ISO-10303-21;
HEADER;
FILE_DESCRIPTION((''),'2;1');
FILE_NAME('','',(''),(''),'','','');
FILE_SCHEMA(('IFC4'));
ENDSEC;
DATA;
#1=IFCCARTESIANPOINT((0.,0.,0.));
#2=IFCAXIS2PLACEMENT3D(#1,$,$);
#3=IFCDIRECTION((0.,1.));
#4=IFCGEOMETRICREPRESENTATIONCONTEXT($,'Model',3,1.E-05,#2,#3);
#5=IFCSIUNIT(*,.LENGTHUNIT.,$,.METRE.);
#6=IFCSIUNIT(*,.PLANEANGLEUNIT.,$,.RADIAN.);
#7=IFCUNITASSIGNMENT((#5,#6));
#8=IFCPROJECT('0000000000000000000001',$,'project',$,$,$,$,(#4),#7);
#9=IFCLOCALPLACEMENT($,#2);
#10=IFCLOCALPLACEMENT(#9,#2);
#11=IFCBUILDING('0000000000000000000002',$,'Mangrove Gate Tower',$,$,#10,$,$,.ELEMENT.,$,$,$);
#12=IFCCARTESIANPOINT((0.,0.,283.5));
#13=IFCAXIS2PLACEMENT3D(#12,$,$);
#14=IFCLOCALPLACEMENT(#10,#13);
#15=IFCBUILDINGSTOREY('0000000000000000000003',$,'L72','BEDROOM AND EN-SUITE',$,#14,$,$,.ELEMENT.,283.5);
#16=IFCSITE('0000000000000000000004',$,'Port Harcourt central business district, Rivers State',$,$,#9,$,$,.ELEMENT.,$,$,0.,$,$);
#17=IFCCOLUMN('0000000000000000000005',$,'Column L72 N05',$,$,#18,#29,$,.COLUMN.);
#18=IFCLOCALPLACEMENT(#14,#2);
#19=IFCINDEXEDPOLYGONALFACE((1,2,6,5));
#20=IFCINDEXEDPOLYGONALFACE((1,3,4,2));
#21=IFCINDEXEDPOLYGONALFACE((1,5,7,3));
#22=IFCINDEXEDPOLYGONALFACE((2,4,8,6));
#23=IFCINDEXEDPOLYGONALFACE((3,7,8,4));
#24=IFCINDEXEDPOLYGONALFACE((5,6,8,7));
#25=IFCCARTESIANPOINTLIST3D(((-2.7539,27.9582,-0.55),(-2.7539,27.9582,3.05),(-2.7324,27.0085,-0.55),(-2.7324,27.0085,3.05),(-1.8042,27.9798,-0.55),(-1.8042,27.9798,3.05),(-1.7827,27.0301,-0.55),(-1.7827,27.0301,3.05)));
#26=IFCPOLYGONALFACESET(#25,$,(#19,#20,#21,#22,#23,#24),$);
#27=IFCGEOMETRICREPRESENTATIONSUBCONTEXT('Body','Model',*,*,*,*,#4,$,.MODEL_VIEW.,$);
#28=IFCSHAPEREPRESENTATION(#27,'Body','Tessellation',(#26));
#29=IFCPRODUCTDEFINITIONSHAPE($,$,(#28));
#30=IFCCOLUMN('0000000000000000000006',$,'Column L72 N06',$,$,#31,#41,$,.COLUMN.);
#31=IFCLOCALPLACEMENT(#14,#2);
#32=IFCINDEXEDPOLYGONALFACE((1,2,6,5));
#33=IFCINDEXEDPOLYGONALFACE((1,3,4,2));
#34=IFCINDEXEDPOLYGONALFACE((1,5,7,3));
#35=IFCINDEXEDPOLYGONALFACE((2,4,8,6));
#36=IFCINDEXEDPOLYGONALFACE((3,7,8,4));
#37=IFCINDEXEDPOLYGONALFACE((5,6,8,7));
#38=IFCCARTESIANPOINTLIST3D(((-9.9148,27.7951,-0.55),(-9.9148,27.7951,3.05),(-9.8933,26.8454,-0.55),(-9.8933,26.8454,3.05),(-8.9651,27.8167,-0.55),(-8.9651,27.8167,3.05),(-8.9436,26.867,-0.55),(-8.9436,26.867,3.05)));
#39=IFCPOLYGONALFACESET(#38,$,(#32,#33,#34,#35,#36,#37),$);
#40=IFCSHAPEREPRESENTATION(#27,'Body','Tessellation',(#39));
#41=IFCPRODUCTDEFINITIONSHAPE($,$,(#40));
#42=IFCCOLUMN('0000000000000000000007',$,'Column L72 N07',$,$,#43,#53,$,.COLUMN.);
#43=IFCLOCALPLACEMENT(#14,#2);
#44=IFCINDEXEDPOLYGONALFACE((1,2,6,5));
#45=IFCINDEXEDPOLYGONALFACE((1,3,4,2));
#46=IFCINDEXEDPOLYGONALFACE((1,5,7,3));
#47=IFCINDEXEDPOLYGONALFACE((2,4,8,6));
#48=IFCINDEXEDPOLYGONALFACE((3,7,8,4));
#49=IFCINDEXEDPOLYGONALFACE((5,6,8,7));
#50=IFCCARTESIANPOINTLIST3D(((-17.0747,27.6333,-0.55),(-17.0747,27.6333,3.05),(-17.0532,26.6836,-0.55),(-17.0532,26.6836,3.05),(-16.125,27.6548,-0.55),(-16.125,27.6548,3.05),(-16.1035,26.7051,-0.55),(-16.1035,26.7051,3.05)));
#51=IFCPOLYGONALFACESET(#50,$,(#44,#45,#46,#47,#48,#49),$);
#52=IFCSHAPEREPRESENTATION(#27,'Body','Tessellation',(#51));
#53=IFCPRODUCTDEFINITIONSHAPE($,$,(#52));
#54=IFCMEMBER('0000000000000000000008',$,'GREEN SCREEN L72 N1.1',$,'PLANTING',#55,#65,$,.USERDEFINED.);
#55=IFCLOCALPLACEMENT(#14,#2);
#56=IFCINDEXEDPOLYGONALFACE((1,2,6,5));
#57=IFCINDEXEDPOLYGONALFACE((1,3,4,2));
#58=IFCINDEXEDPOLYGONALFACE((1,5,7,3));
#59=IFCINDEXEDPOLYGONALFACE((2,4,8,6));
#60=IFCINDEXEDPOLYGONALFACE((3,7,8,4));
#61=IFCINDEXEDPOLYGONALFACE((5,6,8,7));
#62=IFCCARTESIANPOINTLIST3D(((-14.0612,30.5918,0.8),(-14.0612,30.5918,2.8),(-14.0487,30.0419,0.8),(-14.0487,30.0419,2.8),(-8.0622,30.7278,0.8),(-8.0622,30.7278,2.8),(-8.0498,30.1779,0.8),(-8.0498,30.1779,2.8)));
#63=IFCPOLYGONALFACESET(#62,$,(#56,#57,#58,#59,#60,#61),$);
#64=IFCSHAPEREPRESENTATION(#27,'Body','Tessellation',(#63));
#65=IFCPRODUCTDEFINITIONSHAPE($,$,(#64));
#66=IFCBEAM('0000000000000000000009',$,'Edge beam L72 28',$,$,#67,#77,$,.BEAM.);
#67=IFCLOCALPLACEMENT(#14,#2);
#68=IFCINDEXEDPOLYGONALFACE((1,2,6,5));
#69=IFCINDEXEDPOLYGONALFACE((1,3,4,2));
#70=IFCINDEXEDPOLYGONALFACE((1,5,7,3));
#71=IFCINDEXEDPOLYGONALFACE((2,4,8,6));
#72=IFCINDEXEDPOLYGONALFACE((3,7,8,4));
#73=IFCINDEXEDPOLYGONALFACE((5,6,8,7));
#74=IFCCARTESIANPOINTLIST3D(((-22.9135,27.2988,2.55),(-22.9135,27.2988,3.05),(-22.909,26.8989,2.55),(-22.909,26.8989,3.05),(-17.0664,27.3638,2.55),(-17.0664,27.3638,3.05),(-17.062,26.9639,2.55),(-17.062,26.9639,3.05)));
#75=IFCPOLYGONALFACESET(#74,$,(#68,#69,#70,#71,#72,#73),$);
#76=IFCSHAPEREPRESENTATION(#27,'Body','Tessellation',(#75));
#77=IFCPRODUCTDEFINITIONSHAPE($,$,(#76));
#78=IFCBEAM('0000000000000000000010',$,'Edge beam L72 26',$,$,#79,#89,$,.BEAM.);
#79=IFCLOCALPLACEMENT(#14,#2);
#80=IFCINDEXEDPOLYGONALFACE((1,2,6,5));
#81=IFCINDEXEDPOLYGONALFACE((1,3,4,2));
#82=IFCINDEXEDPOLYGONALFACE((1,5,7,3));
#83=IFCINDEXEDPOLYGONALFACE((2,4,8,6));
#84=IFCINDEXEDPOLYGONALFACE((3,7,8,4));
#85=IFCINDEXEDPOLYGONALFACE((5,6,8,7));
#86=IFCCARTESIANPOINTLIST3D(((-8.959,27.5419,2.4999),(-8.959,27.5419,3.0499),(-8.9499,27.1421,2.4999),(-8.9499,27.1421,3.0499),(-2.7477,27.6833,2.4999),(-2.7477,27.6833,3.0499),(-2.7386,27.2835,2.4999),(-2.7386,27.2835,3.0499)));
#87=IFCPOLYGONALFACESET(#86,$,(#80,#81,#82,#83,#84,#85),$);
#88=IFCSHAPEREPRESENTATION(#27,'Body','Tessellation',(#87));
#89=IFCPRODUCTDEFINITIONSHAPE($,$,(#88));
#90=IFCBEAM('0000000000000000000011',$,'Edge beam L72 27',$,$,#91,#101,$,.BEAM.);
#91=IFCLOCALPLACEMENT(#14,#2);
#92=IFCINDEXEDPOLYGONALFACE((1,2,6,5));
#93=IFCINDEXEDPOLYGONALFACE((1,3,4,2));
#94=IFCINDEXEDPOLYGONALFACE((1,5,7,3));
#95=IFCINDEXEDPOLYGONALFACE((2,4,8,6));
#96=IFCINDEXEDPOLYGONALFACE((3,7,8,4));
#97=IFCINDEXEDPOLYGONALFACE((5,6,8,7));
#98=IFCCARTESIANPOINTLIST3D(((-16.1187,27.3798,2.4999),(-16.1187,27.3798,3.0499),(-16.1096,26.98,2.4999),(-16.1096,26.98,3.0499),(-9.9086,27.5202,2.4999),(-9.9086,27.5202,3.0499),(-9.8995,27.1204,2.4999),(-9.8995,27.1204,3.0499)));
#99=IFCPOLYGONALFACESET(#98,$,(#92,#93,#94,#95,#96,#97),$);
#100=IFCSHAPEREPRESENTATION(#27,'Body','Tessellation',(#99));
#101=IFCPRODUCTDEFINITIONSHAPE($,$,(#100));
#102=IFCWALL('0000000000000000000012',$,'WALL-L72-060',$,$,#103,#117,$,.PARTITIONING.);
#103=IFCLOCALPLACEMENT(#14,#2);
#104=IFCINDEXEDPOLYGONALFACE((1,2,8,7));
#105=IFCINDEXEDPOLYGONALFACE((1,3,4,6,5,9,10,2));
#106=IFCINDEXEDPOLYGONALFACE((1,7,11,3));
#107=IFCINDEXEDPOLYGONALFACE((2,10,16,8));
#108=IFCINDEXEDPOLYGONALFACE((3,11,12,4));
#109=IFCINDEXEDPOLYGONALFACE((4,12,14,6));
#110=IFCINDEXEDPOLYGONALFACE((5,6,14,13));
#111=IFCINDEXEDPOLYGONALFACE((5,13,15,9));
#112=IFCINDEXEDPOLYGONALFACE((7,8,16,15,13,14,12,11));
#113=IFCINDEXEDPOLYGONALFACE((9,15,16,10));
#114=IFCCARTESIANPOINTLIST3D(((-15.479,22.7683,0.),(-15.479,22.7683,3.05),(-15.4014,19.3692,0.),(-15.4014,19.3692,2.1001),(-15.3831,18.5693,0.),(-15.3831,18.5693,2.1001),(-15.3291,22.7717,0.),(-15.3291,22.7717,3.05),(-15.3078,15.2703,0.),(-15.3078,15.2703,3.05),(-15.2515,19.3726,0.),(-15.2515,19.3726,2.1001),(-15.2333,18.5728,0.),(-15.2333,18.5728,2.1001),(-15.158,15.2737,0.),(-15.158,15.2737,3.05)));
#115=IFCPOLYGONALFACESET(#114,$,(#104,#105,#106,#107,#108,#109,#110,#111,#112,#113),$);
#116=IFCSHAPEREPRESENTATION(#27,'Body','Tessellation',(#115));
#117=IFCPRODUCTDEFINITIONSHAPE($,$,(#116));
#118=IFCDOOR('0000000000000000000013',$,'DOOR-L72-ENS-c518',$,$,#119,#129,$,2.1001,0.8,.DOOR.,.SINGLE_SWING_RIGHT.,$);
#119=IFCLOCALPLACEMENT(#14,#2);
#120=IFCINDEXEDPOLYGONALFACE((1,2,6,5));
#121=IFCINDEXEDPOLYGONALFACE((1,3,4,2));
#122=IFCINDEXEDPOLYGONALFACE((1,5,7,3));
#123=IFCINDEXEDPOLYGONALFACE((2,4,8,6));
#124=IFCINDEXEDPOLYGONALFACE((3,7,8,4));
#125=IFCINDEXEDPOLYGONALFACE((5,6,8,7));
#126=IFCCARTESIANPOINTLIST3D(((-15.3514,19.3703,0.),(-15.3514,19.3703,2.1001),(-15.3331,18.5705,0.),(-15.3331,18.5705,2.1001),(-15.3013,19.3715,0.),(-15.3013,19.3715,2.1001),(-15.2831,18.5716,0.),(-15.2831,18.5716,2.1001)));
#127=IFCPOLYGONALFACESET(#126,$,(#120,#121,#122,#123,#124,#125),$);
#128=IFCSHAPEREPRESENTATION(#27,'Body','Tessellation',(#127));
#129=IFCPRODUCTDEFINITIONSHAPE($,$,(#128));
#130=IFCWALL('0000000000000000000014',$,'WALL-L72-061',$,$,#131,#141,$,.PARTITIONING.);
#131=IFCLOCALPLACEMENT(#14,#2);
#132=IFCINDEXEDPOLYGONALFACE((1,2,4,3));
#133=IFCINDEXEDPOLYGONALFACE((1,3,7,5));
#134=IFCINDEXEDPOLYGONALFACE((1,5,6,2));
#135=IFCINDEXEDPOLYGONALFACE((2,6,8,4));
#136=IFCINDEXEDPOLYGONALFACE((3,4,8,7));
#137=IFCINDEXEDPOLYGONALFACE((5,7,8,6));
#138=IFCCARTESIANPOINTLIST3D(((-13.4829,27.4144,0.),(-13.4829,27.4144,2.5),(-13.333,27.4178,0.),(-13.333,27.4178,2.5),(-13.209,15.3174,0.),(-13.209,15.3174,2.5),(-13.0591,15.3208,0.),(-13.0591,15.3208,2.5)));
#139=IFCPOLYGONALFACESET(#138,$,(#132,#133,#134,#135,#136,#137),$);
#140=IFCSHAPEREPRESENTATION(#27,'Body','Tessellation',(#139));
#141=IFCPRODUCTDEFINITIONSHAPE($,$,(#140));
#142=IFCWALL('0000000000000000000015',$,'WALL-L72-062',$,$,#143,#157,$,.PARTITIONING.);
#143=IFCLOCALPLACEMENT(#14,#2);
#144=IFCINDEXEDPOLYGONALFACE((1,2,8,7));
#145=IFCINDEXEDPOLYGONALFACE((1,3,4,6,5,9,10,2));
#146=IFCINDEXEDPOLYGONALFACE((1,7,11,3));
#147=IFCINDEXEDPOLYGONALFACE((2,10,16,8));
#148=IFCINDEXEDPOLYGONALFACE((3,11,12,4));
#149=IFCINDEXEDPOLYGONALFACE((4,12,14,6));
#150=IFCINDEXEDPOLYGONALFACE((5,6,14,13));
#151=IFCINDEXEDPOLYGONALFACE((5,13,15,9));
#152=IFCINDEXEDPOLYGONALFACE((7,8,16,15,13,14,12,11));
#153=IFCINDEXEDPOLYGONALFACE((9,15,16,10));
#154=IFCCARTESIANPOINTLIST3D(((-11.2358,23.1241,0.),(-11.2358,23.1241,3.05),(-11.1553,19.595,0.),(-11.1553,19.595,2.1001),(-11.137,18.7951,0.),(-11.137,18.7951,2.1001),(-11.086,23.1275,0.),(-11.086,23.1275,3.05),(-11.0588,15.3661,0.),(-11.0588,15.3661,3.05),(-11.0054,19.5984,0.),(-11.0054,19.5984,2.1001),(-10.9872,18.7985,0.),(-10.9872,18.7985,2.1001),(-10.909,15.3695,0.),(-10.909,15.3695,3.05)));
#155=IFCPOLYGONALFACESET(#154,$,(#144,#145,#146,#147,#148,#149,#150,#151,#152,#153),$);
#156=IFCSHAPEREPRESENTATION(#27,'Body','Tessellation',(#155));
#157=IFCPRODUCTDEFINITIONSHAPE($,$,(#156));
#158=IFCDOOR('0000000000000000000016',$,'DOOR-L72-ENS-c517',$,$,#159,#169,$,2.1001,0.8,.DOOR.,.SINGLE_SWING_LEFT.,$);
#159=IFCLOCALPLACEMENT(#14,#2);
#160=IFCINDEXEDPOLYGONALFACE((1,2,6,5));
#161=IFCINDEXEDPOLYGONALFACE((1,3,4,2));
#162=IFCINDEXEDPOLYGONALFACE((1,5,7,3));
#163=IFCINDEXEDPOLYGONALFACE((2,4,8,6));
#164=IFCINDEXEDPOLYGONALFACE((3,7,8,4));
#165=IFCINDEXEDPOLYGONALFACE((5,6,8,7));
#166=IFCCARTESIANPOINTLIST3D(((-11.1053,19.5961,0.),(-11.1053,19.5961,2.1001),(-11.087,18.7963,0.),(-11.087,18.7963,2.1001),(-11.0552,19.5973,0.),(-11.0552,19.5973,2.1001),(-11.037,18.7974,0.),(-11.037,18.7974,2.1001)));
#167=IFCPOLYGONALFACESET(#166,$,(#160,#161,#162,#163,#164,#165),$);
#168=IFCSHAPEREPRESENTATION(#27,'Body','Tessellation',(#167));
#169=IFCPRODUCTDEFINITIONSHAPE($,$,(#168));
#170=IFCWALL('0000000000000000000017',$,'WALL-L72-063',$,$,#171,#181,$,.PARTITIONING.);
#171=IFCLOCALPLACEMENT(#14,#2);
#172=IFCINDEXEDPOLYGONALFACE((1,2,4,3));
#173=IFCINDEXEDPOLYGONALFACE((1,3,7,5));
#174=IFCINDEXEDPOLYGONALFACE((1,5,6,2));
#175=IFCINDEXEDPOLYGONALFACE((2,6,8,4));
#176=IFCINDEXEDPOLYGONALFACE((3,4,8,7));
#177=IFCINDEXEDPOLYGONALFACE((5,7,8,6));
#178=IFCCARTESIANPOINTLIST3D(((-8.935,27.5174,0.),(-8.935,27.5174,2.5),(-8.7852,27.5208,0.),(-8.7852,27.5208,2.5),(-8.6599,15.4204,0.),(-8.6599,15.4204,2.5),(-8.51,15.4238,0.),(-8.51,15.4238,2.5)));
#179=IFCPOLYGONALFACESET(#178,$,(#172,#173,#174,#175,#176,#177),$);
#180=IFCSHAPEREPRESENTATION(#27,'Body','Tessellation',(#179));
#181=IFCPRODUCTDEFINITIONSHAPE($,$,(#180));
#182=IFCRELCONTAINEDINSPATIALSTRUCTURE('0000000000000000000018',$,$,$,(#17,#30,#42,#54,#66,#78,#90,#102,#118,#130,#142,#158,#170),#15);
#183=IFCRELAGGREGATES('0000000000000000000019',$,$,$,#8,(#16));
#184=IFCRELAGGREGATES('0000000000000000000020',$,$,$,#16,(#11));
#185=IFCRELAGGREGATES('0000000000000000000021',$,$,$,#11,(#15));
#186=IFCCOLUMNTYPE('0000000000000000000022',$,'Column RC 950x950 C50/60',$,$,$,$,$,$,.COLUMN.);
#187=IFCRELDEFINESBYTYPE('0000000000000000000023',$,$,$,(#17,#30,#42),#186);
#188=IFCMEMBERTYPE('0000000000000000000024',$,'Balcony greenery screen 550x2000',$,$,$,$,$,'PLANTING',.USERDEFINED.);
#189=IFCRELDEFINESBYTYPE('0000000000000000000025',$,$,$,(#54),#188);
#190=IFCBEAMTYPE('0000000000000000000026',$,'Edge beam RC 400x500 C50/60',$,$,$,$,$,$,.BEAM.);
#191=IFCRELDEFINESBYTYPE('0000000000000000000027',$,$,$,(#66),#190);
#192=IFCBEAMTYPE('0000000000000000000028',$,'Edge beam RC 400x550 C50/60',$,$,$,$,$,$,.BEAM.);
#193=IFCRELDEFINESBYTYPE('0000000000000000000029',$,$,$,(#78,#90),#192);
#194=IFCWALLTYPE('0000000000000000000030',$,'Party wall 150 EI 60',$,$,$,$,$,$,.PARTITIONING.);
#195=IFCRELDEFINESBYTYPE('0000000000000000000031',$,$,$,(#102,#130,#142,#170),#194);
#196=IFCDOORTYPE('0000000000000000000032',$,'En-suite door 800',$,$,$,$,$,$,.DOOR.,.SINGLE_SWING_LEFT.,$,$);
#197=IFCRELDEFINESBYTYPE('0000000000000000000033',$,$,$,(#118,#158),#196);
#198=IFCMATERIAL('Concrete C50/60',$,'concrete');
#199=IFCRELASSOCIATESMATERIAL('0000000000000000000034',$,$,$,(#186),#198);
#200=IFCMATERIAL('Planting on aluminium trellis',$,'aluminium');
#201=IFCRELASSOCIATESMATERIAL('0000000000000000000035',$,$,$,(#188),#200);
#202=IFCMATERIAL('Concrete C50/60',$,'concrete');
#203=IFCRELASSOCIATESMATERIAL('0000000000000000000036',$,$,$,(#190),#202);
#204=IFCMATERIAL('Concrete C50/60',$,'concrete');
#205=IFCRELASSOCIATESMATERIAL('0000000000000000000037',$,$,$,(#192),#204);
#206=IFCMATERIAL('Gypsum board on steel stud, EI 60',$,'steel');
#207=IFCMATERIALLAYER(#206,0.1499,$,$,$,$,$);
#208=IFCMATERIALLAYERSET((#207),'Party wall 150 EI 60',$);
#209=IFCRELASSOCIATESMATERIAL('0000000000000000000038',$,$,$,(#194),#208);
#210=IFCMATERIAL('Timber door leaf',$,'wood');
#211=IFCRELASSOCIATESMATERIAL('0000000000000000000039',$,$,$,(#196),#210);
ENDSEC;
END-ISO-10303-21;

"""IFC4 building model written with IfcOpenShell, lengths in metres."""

from ifc_helpers import new_model, si_unit, direction, frame, frame_2d, origin, origin_2d, place, context, subcontext, project, spatial, rectangle, extrude, material, layer, layer_set, material_profile, profile_set, type_object, element, fill, save


model = new_model("IFC4")

# Units and contexts
model_context = context("Model", 3, precision=1e-05, world=origin(), true_north=direction((0.0, 1.0)))
body_context = subcontext(model_context, "Body", "Model", "MODEL_VIEW")
ifc_project = project(units=[si_unit("LENGTHUNIT", "METRE"), si_unit("PLANEANGLEUNIT", "RADIAN")], contexts=[model_context])

# Site, building, storey
site_placement = place(None, origin())
site = spatial("IfcSite", under=ifc_project, at=site_placement, Name="Port Harcourt central business district, Rivers State", CompositionType="ELEMENT", RefElevation=0.0)
building_placement = place(site_placement, origin())
building = spatial("IfcBuilding", under=site, at=building_placement, Name="Mangrove Gate Tower", CompositionType="ELEMENT")
storey_placement = place(building_placement, frame((0.0, 0.0, 283.5)))
storey = spatial("IfcBuildingStorey", under=building, at=storey_placement, Name="L72", Description="BEDROOM AND EN-SUITE", CompositionType="ELEMENT", Elevation=283.5)

# Columns
ifc_material_1 = material(Name="Concrete C50/60", Category="concrete")
ifc_material_profile_1 = material_profile(ifc_material_1, rectangle(XDim=0.95, YDim=0.95, at=origin_2d()))
ifc_profile_set_1 = profile_set([ifc_material_profile_1], Name="Concrete C50/60")
column_type = type_object("IfcColumnType", Name="Column RC 950x950 C50/60", PredefinedType="COLUMN", material=ifc_profile_set_1)
for number, where, z_axis, x_axis, name in (
    (1, (-2.2683, 27.4941, -0.55), (0.0, 0.0, 1.0), (-0.999743, -0.022688, 0.0), "Column L72 N05"),
    (2, (-9.4292, 27.3311, -0.55), (0.0, 0.0, 1.0), (-0.999743, -0.022688, 0.0), "Column L72 N06"),
    (3, (-16.5891, 27.1692, -0.55), (0.0, 0.0, 1.0), (-0.999743, -0.022688, 0.0), "Column L72 N07"),
):
    element("IfcColumn", number, at=place(storey_placement, frame(where, z_axis=z_axis, x_axis=x_axis)), inside=storey, type_object=column_type, Name=name, PredefinedType="COLUMN", context=body_context, shape_type="SweptSolid", body=[
        extrude(rectangle(XDim=0.95, YDim=0.95, at=origin_2d()), origin(), (0.0, 0.0, 1.0), 3.6001),
    ])

# Member
ifc_material_2 = material(Name="Planting on aluminium trellis", Category="aluminium")
ifc_material_profile_2 = material_profile(ifc_material_2, rectangle(XDim=0.55, YDim=2.0, at=origin_2d()))
ifc_profile_set_2 = profile_set([ifc_material_profile_2], Name="Planting on aluminium trellis")
member_type = type_object("IfcMemberType", Name="Balcony greenery screen 550x2000", ElementType="PLANTING", PredefinedType="USERDEFINED", material=ifc_profile_set_2)
member_placement = place(storey_placement, frame((-14.0549, 30.3169, 1.8), z_axis=(0.999743, 0.022662, 0.0), x_axis=(-0.022662, 0.999743, 0.0)))
element("IfcMember", 4, at=member_placement, inside=storey, type_object=member_type, Name="GREEN SCREEN L72 N1.1", ObjectType="PLANTING", PredefinedType="USERDEFINED", context=body_context, shape_type="SweptSolid", body=[
    extrude(rectangle(XDim=0.55, YDim=2.0, at=origin_2d()), origin(), (0.0, 0.0, 1.0), 6.0005),
])

# Beams
ifc_material_3 = material(Name="Concrete C50/60", Category="concrete")
ifc_material_profile_3 = material_profile(ifc_material_3, rectangle(XDim=0.3999, YDim=0.5, at=origin_2d()))
ifc_profile_set_3 = profile_set([ifc_material_profile_3], Name="Concrete C50/60")
beam_type_1 = type_object("IfcBeamType", Name="Edge beam RC 400x500 C50/60", PredefinedType="BEAM", material=ifc_profile_set_3)
beam_1_placement = place(storey_placement, frame((-17.0642, 27.1638, 2.8), z_axis=(-0.999938, -0.011106, 0.0), x_axis=(0.011106, -0.999938, 0.0)))
element("IfcBeam", 5, at=beam_1_placement, inside=storey, type_object=beam_type_1, Name="Edge beam L72 28", PredefinedType="BEAM", context=body_context, shape_type="SweptSolid", body=[
    extrude(rectangle(XDim=0.3999, YDim=0.5, at=origin_2d()), origin(), (0.0, 0.0, 1.0), 5.8474),
])
ifc_material_4 = material(Name="Concrete C50/60", Category="concrete")
ifc_material_profile_4 = material_profile(ifc_material_4, rectangle(XDim=0.3999, YDim=0.55, at=origin_2d()))
ifc_profile_set_4 = profile_set([ifc_material_profile_4], Name="Concrete C50/60")
beam_type_2 = type_object("IfcBeamType", Name="Edge beam RC 400x550 C50/60", PredefinedType="BEAM", material=ifc_profile_set_4)
beam_2_placement = place(storey_placement, frame((-2.7432, 27.4834, 2.7749), z_axis=(-0.999741, -0.022753, 0.0), x_axis=(0.022753, -0.999741, 0.0)))
element("IfcBeam", 6, at=beam_2_placement, inside=storey, type_object=beam_type_2, Name="Edge beam L72 26", PredefinedType="BEAM", context=body_context, shape_type="SweptSolid", body=[
    extrude(rectangle(XDim=0.3999, YDim=0.55, at=origin_2d()), origin(), (0.0, 0.0, 1.0), 6.2129),
])
beam_3_placement = place(storey_placement, frame((-9.9041, 27.3203, 2.7749), z_axis=(-0.999745, -0.022599, 0.0), x_axis=(0.022599, -0.999745, 0.0)))
element("IfcBeam", 7, at=beam_3_placement, inside=storey, type_object=beam_type_2, Name="Edge beam L72 27", PredefinedType="BEAM", context=body_context, shape_type="SweptSolid", body=[
    extrude(rectangle(XDim=0.3999, YDim=0.55, at=origin_2d()), origin(), (0.0, 0.0, 1.0), 6.2117),
])

# Wall, opening, door
ifc_material_5 = material(Name="Gypsum board on steel stud, EI 60", Category="steel")
ifc_layer_1 = layer(ifc_material_5, 0.1499)
ifc_layer_set_1 = layer_set([ifc_layer_1], Name="Party wall 150 EI 60")
wall_type_1 = type_object("IfcWallType", Name="Party wall 150 EI 60", PredefinedType="PARTITIONING", material=ifc_layer_set_1)
wall_1_placement = place(storey_placement, frame((-15.2329, 15.272, 0.0), z_axis=(0.0, 0.0, 1.0), x_axis=(-0.022819, 0.99974, 0.0)))
wall_1 = element("IfcWall", 8, at=wall_1_placement, inside=storey, type_object=wall_type_1, Name="WALL-L72-060", PredefinedType="PARTITIONING", context=body_context, shape_type="SweptSolid", body=[
    extrude(rectangle(XDim=7.5, YDim=0.1499, at=frame_2d((3.75, 0.0))), origin(), (0.0, 0.0, 1.0), 3.05),
])
opening_1_placement = place(wall_1_placement, frame((3.3, 0.0, 0.0)))
opening_1 = element("IfcOpeningElement", 9, at=opening_1_placement, cuts=wall_1, PredefinedType="OPENING", context=body_context, shape_type="SweptSolid", body=[
    extrude(rectangle(XDim=0.8, YDim=2.1001, at=frame_2d((0.3999, 1.05))), frame((0.0, 0.085, 0.0), z_axis=(0.0, -1.0, 0.0), x_axis=(1.0, 0.0, 0.0)), (0.0, 0.0, 1.0), 0.1699),
])
ifc_material_6 = material(Name="Timber door leaf", Category="wood")
door_type = type_object("IfcDoorType", Name="En-suite door 800", OperationType="SINGLE_SWING_LEFT", PredefinedType="DOOR", material=ifc_material_6)
door_1_placement = place(opening_1_placement, origin())
door_1 = element("IfcDoor", 10, at=door_1_placement, inside=storey, type_object=door_type, Name="DOOR-L72-ENS-c518", OperationType="SINGLE_SWING_RIGHT", OverallHeight=2.1001, OverallWidth=0.8, PredefinedType="DOOR", context=body_context, shape_type="SweptSolid", body=[
    extrude(rectangle(XDim=0.8, YDim=2.1001, at=frame_2d((0.3999, 1.05))), frame((0.0, 0.0249, 0.0), z_axis=(0.0, -1.0, 0.0), x_axis=(1.0, 0.0, 0.0)), (0.0, 0.0, 1.0), 0.05),
])
fill(opening_1, door_1)

# Wall
wall_2_placement = place(storey_placement, frame((-13.134, 15.3191, 0.0), z_axis=(0.0, 0.0, 1.0), x_axis=(-0.022638, 0.999744, 0.0)))
element("IfcWall", 11, at=wall_2_placement, inside=storey, type_object=wall_type_1, Name="WALL-L72-061", PredefinedType="PARTITIONING", context=body_context, shape_type="SweptSolid", body=[
    extrude(rectangle(XDim=12.1001, YDim=0.1499, at=frame_2d((6.05, 0.0))), origin(), (0.0, 0.0, 1.0), 2.5),
])

# Wall, opening, door
wall_3_placement = place(storey_placement, frame((-10.9839, 15.3679, 0.0), z_axis=(0.0, 0.0, 1.0), x_axis=(-0.022809, 0.99974, 0.0)))
wall_3 = element("IfcWall", 12, at=wall_3_placement, inside=storey, type_object=wall_type_1, Name="WALL-L72-062", PredefinedType="PARTITIONING", context=body_context, shape_type="SweptSolid", body=[
    extrude(rectangle(XDim=7.76, YDim=0.1499, at=frame_2d((3.8799, 0.0))), origin(), (0.0, 0.0, 1.0), 3.05),
])
opening_2_placement = place(wall_3_placement, frame((3.4299, 0.0, 0.0)))
opening_2 = element("IfcOpeningElement", 13, at=opening_2_placement, cuts=wall_3, PredefinedType="OPENING", context=body_context, shape_type="SweptSolid", body=[
    extrude(rectangle(XDim=0.8, YDim=2.1001, at=frame_2d((0.3999, 1.05))), frame((0.0, 0.085, 0.0), z_axis=(0.0, -1.0, 0.0), x_axis=(1.0, 0.0, 0.0)), (0.0, 0.0, 1.0), 0.1699),
])
door_2_placement = place(opening_2_placement, origin())
door_2 = element("IfcDoor", 14, at=door_2_placement, inside=storey, type_object=door_type, Name="DOOR-L72-ENS-c517", OperationType="SINGLE_SWING_LEFT", OverallHeight=2.1001, OverallWidth=0.8, PredefinedType="DOOR", context=body_context, shape_type="SweptSolid", body=[
    extrude(rectangle(XDim=0.8, YDim=2.1001, at=frame_2d((0.3999, 1.05))), frame((0.0, 0.0249, 0.0), z_axis=(0.0, -1.0, 0.0), x_axis=(1.0, 0.0, 0.0)), (0.0, 0.0, 1.0), 0.05),
])
fill(opening_2, door_2)

# Wall
wall_4_placement = place(storey_placement, frame((-8.585, 15.4221, 0.0), z_axis=(0.0, 0.0, 1.0), x_axis=(-0.022739, 0.999741, 0.0)))
element("IfcWall", 15, at=wall_4_placement, inside=storey, type_object=wall_type_1, Name="WALL-L72-063", PredefinedType="PARTITIONING", context=body_context, shape_type="SweptSolid", body=[
    extrude(rectangle(XDim=12.1001, YDim=0.1499, at=frame_2d((6.05, 0.0))), origin(), (0.0, 0.0, 1.0), 2.5),
])

save(model, "model.ifc")
